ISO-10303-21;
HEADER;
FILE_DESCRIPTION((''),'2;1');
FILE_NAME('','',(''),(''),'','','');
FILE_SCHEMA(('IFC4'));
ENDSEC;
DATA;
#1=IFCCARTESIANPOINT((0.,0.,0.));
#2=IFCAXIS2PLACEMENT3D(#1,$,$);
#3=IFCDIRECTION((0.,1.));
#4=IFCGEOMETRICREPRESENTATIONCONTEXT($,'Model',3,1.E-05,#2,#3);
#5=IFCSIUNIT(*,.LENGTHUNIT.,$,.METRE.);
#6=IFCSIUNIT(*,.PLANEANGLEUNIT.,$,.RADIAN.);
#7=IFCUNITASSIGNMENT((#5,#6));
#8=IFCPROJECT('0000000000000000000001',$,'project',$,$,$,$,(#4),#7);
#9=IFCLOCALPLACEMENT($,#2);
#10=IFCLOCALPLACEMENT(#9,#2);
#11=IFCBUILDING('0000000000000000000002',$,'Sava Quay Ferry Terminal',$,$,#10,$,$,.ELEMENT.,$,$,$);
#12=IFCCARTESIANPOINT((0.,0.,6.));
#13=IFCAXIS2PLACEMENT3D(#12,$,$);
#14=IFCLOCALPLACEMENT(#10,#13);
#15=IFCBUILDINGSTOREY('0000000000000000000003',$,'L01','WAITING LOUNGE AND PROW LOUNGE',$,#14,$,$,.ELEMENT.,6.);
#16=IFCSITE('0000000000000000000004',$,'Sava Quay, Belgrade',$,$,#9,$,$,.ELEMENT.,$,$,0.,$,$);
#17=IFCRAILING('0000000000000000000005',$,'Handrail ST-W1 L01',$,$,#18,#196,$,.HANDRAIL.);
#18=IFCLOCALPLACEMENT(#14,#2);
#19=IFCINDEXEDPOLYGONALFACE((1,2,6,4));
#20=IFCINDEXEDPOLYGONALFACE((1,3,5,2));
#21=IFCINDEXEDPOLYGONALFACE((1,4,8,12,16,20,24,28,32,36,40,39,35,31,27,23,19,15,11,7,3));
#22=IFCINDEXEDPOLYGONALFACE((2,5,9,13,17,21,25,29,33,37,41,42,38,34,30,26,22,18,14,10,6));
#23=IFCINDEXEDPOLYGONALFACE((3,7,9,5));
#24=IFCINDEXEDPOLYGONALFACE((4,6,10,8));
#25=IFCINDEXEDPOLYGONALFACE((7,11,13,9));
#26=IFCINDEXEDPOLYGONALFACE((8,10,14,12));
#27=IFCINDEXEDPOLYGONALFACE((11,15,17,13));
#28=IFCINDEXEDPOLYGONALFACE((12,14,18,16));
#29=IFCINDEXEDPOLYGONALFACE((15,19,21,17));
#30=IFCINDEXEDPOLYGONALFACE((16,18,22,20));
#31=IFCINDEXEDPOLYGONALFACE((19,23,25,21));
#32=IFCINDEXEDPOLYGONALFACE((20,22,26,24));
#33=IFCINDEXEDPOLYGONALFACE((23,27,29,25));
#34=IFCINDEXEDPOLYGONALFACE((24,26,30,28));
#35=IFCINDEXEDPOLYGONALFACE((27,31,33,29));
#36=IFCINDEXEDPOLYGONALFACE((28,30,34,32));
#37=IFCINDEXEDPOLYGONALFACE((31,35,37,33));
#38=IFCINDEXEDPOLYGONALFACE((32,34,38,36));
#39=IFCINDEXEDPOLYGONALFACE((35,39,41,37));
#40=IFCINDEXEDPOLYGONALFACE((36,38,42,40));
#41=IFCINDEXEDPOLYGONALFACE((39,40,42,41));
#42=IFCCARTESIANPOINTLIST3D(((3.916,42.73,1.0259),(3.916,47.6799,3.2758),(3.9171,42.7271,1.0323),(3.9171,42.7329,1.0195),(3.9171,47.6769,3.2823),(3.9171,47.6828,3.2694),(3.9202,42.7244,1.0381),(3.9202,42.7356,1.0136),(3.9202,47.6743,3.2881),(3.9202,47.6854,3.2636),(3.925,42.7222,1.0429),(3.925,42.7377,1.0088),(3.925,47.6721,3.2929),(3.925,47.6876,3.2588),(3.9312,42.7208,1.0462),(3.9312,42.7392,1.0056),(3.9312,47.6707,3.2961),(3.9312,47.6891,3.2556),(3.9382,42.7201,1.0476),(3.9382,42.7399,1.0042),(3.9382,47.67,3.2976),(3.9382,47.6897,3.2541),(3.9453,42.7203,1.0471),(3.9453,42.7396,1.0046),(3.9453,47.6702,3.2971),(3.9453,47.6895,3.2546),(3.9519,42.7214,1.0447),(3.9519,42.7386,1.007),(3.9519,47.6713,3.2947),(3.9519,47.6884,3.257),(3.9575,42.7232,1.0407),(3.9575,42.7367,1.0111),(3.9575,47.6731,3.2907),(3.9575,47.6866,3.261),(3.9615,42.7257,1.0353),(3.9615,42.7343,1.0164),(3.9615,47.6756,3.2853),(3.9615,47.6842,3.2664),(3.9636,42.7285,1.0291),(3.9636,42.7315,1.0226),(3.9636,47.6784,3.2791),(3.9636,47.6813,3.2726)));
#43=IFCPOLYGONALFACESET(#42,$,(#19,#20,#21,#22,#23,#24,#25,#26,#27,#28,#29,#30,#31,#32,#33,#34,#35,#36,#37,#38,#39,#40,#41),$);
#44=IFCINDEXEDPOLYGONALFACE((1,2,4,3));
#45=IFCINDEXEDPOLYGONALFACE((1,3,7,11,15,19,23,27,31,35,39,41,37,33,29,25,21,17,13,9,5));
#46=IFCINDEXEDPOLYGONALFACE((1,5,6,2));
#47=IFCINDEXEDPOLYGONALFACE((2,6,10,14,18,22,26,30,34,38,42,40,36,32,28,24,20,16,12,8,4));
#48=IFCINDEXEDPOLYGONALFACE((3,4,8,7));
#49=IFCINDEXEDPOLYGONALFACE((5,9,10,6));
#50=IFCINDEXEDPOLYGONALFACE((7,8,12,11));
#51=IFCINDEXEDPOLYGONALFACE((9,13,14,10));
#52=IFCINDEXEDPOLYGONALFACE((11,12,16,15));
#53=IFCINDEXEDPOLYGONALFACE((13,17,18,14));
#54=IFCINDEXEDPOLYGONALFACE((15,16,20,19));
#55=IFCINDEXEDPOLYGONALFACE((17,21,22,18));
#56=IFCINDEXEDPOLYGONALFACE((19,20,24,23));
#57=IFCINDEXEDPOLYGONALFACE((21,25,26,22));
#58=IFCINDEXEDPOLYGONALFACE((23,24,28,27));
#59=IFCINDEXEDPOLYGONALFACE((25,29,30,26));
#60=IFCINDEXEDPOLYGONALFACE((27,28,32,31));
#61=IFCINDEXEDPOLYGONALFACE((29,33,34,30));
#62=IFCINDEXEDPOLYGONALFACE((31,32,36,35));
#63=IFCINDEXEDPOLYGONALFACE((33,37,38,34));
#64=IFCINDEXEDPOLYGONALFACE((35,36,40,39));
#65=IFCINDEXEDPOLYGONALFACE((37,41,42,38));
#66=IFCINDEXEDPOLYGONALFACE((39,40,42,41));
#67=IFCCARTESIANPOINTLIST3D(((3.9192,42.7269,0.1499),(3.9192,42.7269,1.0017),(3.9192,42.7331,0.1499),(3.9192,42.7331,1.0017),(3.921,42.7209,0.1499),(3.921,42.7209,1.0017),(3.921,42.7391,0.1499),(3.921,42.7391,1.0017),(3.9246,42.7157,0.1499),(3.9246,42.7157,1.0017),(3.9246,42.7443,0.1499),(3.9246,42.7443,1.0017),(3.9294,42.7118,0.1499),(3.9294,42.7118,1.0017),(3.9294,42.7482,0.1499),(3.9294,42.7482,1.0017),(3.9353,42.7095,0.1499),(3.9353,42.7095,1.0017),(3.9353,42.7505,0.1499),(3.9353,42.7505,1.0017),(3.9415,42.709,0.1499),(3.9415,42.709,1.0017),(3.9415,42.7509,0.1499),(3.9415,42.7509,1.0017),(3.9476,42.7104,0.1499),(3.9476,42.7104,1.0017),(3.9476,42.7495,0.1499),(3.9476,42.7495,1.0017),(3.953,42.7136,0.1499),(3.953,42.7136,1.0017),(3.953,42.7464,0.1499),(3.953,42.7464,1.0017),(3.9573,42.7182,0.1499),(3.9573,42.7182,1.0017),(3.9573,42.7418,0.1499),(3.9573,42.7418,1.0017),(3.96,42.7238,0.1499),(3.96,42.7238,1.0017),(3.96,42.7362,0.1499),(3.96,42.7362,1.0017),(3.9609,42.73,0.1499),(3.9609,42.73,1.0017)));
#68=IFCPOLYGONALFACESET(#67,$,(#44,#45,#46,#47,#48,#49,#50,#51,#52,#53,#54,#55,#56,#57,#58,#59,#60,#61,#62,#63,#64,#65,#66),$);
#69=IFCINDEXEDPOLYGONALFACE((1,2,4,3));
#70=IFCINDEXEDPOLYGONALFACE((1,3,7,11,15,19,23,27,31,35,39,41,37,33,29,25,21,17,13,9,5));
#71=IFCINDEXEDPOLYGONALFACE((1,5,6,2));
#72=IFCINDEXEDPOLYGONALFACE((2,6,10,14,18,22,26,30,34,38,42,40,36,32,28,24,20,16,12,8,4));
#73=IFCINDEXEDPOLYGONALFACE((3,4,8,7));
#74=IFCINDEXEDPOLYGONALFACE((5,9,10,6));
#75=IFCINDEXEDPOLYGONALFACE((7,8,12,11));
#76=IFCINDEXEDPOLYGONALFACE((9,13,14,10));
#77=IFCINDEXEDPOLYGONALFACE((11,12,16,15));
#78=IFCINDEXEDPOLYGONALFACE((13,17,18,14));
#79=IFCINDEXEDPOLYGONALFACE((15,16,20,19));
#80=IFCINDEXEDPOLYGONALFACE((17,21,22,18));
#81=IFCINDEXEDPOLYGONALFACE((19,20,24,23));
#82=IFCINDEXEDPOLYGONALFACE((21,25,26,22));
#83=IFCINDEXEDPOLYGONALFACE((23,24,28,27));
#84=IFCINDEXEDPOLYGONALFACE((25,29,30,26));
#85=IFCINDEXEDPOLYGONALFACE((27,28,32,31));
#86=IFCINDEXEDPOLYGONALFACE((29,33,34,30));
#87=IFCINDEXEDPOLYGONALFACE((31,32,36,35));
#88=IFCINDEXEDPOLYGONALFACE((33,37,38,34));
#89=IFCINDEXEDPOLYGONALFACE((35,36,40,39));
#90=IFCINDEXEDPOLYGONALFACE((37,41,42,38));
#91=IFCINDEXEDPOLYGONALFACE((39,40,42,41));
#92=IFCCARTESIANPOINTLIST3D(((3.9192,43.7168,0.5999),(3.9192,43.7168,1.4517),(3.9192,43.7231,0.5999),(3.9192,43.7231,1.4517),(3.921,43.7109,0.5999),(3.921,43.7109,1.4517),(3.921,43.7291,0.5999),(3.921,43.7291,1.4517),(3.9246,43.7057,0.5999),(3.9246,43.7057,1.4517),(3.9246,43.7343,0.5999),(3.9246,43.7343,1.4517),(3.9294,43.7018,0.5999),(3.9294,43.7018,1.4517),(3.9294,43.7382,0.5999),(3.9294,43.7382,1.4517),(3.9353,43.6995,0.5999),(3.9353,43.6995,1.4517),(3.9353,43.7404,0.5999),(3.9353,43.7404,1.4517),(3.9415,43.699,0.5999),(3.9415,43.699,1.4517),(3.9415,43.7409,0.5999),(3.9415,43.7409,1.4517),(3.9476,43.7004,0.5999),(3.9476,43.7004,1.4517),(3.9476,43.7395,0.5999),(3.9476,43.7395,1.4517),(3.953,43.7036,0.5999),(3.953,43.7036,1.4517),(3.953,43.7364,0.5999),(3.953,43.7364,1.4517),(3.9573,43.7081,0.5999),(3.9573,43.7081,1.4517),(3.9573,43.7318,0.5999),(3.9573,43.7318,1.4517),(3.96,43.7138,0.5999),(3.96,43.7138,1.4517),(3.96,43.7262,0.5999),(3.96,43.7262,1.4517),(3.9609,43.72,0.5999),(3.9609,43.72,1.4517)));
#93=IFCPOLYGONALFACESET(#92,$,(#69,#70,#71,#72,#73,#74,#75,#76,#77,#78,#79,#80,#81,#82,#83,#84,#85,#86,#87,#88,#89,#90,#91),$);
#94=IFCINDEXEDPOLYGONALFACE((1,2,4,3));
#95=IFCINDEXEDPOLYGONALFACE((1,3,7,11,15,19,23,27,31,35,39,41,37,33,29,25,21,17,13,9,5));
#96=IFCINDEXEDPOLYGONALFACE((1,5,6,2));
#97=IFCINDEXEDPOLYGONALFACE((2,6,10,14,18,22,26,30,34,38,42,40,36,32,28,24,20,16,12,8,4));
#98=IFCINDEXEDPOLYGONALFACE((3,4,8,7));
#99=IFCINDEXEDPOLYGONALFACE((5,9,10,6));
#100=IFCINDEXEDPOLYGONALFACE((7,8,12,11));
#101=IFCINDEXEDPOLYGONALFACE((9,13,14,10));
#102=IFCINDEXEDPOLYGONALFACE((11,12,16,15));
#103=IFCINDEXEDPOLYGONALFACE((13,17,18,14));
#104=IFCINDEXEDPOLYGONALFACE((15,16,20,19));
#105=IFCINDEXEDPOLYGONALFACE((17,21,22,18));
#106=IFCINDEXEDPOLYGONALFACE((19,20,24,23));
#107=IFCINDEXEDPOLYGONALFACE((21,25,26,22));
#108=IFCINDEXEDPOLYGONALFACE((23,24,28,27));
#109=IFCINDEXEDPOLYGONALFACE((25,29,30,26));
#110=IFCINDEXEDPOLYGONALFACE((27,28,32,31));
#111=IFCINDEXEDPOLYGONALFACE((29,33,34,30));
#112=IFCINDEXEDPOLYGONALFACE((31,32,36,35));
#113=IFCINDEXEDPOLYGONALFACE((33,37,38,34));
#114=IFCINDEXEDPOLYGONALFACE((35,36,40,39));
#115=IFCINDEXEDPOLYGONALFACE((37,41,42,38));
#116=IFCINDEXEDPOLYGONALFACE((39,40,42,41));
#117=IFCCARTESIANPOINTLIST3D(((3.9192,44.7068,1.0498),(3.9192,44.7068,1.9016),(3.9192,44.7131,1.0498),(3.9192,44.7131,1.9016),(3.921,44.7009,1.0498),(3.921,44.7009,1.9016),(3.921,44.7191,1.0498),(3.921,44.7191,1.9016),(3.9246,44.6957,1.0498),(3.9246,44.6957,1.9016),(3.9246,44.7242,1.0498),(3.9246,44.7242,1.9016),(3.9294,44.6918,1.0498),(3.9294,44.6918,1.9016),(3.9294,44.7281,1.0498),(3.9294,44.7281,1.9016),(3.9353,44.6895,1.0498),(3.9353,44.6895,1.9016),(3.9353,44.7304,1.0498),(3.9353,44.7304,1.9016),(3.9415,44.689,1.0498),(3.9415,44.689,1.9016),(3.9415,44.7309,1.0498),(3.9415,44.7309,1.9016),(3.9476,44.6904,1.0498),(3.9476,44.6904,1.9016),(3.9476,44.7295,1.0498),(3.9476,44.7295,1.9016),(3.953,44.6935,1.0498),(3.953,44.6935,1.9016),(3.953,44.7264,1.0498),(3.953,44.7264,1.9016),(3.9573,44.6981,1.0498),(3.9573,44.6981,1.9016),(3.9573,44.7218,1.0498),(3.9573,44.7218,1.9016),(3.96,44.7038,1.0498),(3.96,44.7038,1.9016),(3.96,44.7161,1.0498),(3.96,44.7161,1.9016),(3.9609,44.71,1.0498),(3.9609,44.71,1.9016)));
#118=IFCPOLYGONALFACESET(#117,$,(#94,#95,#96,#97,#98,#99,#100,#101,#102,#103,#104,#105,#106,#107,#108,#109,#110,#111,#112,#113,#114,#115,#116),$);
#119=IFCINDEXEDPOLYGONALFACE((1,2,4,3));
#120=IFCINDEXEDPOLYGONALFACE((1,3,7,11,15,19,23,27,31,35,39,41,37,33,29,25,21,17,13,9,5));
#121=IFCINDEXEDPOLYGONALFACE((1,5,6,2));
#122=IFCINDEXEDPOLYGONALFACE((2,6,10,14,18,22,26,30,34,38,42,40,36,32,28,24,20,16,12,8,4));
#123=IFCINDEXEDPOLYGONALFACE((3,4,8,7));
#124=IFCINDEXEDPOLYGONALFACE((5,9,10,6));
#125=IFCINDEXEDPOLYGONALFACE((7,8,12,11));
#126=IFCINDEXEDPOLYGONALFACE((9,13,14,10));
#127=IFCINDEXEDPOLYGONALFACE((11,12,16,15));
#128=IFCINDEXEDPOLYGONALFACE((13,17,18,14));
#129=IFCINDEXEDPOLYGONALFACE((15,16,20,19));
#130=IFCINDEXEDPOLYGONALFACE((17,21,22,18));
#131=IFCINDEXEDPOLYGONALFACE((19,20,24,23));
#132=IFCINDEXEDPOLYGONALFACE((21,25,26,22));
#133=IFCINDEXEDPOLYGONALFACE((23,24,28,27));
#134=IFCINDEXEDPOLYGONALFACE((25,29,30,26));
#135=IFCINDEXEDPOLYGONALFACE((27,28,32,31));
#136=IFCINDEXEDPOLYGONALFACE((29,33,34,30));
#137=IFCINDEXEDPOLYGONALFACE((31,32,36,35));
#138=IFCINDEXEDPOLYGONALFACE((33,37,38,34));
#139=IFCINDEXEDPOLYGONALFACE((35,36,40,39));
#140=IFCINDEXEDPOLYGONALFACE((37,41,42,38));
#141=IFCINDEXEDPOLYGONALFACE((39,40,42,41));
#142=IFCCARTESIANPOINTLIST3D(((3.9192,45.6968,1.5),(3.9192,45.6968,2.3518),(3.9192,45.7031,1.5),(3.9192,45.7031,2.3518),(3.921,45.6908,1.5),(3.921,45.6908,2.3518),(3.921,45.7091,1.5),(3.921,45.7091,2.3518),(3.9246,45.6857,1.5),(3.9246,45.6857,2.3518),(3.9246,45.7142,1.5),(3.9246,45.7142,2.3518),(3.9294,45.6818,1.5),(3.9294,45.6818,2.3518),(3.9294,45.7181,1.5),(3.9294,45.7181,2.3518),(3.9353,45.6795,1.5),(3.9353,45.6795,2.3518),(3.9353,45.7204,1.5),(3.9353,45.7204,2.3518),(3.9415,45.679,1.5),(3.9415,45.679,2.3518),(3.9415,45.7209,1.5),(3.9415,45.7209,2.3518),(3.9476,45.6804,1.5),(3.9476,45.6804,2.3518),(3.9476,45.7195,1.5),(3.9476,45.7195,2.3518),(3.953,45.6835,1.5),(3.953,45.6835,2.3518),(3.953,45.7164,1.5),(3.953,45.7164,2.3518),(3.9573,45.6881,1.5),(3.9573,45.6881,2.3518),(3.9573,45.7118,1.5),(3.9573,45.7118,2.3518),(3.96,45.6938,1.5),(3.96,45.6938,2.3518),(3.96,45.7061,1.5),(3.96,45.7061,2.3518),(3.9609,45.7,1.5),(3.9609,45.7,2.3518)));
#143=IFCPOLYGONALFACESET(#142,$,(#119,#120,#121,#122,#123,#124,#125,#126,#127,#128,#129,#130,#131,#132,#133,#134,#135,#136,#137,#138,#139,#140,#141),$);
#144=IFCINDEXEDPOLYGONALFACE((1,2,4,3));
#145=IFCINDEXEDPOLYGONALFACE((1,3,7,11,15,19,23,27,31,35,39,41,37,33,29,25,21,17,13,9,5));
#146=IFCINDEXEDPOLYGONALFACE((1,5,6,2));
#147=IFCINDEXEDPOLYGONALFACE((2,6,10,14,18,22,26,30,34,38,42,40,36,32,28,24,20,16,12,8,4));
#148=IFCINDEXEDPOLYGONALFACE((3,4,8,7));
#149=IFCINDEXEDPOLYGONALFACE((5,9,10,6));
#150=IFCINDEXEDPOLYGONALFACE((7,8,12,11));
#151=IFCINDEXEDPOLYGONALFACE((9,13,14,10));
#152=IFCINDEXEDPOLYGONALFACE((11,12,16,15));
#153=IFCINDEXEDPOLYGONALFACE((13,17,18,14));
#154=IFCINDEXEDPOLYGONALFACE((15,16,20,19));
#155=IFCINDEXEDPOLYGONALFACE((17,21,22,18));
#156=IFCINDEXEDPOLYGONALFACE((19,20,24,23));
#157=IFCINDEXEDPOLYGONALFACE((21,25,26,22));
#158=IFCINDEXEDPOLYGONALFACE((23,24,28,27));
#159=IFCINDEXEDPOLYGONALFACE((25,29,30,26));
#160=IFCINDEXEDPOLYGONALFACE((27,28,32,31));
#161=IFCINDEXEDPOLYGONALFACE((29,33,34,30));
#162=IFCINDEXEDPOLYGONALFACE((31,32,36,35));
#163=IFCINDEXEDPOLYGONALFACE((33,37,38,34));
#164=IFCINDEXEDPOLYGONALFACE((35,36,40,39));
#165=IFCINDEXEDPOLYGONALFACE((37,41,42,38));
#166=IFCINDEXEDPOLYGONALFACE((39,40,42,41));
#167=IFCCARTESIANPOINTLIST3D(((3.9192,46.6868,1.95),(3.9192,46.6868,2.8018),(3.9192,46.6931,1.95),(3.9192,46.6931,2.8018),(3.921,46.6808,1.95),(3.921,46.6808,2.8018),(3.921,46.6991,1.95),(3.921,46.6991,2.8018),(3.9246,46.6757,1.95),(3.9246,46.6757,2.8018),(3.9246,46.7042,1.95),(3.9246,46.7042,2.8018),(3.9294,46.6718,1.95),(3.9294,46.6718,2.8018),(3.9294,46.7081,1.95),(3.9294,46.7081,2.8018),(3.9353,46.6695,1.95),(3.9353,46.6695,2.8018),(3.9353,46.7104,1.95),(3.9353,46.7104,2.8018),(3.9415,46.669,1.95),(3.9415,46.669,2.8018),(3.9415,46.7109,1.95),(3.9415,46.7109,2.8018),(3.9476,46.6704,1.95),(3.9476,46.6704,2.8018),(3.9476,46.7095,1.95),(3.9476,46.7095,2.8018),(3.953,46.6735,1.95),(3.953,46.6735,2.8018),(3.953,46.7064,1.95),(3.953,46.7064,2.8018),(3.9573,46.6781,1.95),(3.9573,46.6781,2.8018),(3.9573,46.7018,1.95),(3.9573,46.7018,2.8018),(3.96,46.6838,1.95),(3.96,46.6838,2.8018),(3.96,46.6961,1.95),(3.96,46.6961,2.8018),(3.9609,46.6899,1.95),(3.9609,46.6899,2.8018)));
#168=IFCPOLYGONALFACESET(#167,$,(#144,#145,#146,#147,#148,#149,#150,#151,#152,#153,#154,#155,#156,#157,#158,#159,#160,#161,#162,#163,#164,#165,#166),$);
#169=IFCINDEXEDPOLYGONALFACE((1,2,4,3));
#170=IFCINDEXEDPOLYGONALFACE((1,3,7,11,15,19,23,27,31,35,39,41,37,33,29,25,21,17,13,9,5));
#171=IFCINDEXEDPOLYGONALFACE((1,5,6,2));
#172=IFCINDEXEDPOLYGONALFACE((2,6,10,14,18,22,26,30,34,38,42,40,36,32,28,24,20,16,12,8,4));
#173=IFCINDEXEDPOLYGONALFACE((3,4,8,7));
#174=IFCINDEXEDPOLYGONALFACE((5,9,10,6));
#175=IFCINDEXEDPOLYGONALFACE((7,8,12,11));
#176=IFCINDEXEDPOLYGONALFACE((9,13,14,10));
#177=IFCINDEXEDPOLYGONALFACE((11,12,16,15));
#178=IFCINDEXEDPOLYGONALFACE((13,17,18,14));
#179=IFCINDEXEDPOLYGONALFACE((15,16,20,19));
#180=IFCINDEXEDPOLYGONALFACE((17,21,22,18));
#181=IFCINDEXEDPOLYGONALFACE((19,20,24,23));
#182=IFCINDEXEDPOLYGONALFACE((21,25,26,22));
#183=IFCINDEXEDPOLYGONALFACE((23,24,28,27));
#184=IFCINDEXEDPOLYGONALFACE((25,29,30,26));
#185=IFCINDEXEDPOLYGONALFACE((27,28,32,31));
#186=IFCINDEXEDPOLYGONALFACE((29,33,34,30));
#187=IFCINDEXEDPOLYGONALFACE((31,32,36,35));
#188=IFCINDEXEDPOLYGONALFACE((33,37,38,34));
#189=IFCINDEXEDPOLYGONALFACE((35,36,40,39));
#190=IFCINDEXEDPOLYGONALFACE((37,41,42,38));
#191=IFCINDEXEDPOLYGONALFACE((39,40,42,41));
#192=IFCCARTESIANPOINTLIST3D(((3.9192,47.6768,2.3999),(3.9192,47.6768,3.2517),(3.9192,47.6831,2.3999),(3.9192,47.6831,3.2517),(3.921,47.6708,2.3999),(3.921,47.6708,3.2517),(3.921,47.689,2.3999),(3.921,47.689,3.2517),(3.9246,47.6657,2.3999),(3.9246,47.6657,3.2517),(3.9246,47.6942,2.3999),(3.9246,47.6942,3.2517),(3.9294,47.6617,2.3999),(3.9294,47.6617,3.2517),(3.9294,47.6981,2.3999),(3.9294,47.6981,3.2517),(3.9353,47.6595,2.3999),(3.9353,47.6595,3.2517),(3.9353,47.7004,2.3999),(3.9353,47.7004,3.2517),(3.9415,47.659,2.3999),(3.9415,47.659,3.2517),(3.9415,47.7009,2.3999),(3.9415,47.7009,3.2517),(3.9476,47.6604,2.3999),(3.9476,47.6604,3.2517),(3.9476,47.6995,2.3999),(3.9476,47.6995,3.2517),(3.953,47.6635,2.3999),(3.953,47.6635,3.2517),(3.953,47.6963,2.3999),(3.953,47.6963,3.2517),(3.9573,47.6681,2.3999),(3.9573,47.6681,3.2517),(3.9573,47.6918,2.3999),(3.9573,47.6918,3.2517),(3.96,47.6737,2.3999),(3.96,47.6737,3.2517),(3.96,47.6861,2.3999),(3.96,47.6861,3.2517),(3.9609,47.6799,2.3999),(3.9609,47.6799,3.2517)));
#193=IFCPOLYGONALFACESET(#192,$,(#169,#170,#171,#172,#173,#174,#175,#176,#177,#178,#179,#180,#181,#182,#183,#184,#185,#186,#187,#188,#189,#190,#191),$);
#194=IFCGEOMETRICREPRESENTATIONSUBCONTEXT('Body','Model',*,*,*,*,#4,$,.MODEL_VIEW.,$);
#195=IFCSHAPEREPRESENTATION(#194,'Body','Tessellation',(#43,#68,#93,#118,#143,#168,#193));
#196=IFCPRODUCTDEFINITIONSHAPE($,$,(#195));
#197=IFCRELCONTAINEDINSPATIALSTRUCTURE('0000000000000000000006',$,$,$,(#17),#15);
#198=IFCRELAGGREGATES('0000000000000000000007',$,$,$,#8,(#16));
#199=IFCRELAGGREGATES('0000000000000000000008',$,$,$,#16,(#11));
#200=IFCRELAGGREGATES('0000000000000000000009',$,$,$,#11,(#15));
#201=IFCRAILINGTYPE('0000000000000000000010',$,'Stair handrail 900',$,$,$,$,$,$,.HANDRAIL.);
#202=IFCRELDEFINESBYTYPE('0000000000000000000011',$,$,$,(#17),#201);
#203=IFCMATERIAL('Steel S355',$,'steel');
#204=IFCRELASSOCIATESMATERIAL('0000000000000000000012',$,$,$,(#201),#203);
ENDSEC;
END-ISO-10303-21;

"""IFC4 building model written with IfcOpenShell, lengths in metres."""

from ifc_helpers import new_model, si_unit, direction, frame, origin, origin_2d, place, context, subcontext, project, spatial, circle, extrude, material, type_object, element, save


model = new_model("IFC4")

# Units and contexts
model_context = context("Model", 3, precision=1e-05, world=origin(), true_north=direction((0.0, 1.0)))
body_context = subcontext(model_context, "Body", "Model", "MODEL_VIEW")
ifc_project = project(units=[si_unit("LENGTHUNIT", "METRE"), si_unit("PLANEANGLEUNIT", "RADIAN")], contexts=[model_context])

# Site, building, storey
site_placement = place(None, origin())
site = spatial("IfcSite", under=ifc_project, at=site_placement, Name="Sava Quay, Belgrade", CompositionType="ELEMENT", RefElevation=0.0)
building_placement = place(site_placement, origin())
building = spatial("IfcBuilding", under=site, at=building_placement, Name="Sava Quay Ferry Terminal", CompositionType="ELEMENT")
storey_placement = place(building_placement, frame((0.0, 0.0, 6.0)))
storey = spatial("IfcBuildingStorey", under=building, at=storey_placement, Name="L01", Description="WAITING LOUNGE AND PROW LOUNGE", CompositionType="ELEMENT", Elevation=6.0)

# Railing
ifc_material_1 = material(Name="Steel S355", Category="steel")
railing_type_1 = type_object("IfcRailingType", Name="Stair handrail 900", PredefinedType="HANDRAIL", material=ifc_material_1)
railing_1_placement = place(storey_placement, frame((3.9399, 42.73, 0.1499)))
element("IfcRailing", 1, at=railing_1_placement, inside=storey, type_object=railing_type_1, Name="Handrail ST-W1 L01", PredefinedType="HANDRAIL", context=body_context, shape_type="SweptSolid", body=[
    extrude(circle(Radius=0.0239, at=origin_2d()), frame((0.0, 0.0, 0.876), z_axis=(0.0, 0.910365, 0.413806), x_axis=(-1.0, 0.0, 0.0)), (0.0, 0.0, 1.0), 5.4373),
    extrude(circle(Radius=0.021, at=origin_2d()), origin(), (0.0, 0.0, 1.0), 0.8518),
    extrude(circle(Radius=0.021, at=origin_2d()), frame((0.0, 0.99, 0.45)), (0.0, 0.0, 1.0), 0.8518),
    extrude(circle(Radius=0.021, at=origin_2d()), frame((0.0, 1.98, 0.8999)), (0.0, 0.0, 1.0), 0.8518),
    extrude(circle(Radius=0.021, at=origin_2d()), frame((0.0, 2.97, 1.3501)), (0.0, 0.0, 1.0), 0.8518),
    extrude(circle(Radius=0.021, at=origin_2d()), frame((0.0, 3.96, 1.8)), (0.0, 0.0, 1.0), 0.8518),
    extrude(circle(Radius=0.021, at=origin_2d()), frame((0.0, 4.95, 2.25)), (0.0, 0.0, 1.0), 0.8518),
])

save(model, "model.ifc")
